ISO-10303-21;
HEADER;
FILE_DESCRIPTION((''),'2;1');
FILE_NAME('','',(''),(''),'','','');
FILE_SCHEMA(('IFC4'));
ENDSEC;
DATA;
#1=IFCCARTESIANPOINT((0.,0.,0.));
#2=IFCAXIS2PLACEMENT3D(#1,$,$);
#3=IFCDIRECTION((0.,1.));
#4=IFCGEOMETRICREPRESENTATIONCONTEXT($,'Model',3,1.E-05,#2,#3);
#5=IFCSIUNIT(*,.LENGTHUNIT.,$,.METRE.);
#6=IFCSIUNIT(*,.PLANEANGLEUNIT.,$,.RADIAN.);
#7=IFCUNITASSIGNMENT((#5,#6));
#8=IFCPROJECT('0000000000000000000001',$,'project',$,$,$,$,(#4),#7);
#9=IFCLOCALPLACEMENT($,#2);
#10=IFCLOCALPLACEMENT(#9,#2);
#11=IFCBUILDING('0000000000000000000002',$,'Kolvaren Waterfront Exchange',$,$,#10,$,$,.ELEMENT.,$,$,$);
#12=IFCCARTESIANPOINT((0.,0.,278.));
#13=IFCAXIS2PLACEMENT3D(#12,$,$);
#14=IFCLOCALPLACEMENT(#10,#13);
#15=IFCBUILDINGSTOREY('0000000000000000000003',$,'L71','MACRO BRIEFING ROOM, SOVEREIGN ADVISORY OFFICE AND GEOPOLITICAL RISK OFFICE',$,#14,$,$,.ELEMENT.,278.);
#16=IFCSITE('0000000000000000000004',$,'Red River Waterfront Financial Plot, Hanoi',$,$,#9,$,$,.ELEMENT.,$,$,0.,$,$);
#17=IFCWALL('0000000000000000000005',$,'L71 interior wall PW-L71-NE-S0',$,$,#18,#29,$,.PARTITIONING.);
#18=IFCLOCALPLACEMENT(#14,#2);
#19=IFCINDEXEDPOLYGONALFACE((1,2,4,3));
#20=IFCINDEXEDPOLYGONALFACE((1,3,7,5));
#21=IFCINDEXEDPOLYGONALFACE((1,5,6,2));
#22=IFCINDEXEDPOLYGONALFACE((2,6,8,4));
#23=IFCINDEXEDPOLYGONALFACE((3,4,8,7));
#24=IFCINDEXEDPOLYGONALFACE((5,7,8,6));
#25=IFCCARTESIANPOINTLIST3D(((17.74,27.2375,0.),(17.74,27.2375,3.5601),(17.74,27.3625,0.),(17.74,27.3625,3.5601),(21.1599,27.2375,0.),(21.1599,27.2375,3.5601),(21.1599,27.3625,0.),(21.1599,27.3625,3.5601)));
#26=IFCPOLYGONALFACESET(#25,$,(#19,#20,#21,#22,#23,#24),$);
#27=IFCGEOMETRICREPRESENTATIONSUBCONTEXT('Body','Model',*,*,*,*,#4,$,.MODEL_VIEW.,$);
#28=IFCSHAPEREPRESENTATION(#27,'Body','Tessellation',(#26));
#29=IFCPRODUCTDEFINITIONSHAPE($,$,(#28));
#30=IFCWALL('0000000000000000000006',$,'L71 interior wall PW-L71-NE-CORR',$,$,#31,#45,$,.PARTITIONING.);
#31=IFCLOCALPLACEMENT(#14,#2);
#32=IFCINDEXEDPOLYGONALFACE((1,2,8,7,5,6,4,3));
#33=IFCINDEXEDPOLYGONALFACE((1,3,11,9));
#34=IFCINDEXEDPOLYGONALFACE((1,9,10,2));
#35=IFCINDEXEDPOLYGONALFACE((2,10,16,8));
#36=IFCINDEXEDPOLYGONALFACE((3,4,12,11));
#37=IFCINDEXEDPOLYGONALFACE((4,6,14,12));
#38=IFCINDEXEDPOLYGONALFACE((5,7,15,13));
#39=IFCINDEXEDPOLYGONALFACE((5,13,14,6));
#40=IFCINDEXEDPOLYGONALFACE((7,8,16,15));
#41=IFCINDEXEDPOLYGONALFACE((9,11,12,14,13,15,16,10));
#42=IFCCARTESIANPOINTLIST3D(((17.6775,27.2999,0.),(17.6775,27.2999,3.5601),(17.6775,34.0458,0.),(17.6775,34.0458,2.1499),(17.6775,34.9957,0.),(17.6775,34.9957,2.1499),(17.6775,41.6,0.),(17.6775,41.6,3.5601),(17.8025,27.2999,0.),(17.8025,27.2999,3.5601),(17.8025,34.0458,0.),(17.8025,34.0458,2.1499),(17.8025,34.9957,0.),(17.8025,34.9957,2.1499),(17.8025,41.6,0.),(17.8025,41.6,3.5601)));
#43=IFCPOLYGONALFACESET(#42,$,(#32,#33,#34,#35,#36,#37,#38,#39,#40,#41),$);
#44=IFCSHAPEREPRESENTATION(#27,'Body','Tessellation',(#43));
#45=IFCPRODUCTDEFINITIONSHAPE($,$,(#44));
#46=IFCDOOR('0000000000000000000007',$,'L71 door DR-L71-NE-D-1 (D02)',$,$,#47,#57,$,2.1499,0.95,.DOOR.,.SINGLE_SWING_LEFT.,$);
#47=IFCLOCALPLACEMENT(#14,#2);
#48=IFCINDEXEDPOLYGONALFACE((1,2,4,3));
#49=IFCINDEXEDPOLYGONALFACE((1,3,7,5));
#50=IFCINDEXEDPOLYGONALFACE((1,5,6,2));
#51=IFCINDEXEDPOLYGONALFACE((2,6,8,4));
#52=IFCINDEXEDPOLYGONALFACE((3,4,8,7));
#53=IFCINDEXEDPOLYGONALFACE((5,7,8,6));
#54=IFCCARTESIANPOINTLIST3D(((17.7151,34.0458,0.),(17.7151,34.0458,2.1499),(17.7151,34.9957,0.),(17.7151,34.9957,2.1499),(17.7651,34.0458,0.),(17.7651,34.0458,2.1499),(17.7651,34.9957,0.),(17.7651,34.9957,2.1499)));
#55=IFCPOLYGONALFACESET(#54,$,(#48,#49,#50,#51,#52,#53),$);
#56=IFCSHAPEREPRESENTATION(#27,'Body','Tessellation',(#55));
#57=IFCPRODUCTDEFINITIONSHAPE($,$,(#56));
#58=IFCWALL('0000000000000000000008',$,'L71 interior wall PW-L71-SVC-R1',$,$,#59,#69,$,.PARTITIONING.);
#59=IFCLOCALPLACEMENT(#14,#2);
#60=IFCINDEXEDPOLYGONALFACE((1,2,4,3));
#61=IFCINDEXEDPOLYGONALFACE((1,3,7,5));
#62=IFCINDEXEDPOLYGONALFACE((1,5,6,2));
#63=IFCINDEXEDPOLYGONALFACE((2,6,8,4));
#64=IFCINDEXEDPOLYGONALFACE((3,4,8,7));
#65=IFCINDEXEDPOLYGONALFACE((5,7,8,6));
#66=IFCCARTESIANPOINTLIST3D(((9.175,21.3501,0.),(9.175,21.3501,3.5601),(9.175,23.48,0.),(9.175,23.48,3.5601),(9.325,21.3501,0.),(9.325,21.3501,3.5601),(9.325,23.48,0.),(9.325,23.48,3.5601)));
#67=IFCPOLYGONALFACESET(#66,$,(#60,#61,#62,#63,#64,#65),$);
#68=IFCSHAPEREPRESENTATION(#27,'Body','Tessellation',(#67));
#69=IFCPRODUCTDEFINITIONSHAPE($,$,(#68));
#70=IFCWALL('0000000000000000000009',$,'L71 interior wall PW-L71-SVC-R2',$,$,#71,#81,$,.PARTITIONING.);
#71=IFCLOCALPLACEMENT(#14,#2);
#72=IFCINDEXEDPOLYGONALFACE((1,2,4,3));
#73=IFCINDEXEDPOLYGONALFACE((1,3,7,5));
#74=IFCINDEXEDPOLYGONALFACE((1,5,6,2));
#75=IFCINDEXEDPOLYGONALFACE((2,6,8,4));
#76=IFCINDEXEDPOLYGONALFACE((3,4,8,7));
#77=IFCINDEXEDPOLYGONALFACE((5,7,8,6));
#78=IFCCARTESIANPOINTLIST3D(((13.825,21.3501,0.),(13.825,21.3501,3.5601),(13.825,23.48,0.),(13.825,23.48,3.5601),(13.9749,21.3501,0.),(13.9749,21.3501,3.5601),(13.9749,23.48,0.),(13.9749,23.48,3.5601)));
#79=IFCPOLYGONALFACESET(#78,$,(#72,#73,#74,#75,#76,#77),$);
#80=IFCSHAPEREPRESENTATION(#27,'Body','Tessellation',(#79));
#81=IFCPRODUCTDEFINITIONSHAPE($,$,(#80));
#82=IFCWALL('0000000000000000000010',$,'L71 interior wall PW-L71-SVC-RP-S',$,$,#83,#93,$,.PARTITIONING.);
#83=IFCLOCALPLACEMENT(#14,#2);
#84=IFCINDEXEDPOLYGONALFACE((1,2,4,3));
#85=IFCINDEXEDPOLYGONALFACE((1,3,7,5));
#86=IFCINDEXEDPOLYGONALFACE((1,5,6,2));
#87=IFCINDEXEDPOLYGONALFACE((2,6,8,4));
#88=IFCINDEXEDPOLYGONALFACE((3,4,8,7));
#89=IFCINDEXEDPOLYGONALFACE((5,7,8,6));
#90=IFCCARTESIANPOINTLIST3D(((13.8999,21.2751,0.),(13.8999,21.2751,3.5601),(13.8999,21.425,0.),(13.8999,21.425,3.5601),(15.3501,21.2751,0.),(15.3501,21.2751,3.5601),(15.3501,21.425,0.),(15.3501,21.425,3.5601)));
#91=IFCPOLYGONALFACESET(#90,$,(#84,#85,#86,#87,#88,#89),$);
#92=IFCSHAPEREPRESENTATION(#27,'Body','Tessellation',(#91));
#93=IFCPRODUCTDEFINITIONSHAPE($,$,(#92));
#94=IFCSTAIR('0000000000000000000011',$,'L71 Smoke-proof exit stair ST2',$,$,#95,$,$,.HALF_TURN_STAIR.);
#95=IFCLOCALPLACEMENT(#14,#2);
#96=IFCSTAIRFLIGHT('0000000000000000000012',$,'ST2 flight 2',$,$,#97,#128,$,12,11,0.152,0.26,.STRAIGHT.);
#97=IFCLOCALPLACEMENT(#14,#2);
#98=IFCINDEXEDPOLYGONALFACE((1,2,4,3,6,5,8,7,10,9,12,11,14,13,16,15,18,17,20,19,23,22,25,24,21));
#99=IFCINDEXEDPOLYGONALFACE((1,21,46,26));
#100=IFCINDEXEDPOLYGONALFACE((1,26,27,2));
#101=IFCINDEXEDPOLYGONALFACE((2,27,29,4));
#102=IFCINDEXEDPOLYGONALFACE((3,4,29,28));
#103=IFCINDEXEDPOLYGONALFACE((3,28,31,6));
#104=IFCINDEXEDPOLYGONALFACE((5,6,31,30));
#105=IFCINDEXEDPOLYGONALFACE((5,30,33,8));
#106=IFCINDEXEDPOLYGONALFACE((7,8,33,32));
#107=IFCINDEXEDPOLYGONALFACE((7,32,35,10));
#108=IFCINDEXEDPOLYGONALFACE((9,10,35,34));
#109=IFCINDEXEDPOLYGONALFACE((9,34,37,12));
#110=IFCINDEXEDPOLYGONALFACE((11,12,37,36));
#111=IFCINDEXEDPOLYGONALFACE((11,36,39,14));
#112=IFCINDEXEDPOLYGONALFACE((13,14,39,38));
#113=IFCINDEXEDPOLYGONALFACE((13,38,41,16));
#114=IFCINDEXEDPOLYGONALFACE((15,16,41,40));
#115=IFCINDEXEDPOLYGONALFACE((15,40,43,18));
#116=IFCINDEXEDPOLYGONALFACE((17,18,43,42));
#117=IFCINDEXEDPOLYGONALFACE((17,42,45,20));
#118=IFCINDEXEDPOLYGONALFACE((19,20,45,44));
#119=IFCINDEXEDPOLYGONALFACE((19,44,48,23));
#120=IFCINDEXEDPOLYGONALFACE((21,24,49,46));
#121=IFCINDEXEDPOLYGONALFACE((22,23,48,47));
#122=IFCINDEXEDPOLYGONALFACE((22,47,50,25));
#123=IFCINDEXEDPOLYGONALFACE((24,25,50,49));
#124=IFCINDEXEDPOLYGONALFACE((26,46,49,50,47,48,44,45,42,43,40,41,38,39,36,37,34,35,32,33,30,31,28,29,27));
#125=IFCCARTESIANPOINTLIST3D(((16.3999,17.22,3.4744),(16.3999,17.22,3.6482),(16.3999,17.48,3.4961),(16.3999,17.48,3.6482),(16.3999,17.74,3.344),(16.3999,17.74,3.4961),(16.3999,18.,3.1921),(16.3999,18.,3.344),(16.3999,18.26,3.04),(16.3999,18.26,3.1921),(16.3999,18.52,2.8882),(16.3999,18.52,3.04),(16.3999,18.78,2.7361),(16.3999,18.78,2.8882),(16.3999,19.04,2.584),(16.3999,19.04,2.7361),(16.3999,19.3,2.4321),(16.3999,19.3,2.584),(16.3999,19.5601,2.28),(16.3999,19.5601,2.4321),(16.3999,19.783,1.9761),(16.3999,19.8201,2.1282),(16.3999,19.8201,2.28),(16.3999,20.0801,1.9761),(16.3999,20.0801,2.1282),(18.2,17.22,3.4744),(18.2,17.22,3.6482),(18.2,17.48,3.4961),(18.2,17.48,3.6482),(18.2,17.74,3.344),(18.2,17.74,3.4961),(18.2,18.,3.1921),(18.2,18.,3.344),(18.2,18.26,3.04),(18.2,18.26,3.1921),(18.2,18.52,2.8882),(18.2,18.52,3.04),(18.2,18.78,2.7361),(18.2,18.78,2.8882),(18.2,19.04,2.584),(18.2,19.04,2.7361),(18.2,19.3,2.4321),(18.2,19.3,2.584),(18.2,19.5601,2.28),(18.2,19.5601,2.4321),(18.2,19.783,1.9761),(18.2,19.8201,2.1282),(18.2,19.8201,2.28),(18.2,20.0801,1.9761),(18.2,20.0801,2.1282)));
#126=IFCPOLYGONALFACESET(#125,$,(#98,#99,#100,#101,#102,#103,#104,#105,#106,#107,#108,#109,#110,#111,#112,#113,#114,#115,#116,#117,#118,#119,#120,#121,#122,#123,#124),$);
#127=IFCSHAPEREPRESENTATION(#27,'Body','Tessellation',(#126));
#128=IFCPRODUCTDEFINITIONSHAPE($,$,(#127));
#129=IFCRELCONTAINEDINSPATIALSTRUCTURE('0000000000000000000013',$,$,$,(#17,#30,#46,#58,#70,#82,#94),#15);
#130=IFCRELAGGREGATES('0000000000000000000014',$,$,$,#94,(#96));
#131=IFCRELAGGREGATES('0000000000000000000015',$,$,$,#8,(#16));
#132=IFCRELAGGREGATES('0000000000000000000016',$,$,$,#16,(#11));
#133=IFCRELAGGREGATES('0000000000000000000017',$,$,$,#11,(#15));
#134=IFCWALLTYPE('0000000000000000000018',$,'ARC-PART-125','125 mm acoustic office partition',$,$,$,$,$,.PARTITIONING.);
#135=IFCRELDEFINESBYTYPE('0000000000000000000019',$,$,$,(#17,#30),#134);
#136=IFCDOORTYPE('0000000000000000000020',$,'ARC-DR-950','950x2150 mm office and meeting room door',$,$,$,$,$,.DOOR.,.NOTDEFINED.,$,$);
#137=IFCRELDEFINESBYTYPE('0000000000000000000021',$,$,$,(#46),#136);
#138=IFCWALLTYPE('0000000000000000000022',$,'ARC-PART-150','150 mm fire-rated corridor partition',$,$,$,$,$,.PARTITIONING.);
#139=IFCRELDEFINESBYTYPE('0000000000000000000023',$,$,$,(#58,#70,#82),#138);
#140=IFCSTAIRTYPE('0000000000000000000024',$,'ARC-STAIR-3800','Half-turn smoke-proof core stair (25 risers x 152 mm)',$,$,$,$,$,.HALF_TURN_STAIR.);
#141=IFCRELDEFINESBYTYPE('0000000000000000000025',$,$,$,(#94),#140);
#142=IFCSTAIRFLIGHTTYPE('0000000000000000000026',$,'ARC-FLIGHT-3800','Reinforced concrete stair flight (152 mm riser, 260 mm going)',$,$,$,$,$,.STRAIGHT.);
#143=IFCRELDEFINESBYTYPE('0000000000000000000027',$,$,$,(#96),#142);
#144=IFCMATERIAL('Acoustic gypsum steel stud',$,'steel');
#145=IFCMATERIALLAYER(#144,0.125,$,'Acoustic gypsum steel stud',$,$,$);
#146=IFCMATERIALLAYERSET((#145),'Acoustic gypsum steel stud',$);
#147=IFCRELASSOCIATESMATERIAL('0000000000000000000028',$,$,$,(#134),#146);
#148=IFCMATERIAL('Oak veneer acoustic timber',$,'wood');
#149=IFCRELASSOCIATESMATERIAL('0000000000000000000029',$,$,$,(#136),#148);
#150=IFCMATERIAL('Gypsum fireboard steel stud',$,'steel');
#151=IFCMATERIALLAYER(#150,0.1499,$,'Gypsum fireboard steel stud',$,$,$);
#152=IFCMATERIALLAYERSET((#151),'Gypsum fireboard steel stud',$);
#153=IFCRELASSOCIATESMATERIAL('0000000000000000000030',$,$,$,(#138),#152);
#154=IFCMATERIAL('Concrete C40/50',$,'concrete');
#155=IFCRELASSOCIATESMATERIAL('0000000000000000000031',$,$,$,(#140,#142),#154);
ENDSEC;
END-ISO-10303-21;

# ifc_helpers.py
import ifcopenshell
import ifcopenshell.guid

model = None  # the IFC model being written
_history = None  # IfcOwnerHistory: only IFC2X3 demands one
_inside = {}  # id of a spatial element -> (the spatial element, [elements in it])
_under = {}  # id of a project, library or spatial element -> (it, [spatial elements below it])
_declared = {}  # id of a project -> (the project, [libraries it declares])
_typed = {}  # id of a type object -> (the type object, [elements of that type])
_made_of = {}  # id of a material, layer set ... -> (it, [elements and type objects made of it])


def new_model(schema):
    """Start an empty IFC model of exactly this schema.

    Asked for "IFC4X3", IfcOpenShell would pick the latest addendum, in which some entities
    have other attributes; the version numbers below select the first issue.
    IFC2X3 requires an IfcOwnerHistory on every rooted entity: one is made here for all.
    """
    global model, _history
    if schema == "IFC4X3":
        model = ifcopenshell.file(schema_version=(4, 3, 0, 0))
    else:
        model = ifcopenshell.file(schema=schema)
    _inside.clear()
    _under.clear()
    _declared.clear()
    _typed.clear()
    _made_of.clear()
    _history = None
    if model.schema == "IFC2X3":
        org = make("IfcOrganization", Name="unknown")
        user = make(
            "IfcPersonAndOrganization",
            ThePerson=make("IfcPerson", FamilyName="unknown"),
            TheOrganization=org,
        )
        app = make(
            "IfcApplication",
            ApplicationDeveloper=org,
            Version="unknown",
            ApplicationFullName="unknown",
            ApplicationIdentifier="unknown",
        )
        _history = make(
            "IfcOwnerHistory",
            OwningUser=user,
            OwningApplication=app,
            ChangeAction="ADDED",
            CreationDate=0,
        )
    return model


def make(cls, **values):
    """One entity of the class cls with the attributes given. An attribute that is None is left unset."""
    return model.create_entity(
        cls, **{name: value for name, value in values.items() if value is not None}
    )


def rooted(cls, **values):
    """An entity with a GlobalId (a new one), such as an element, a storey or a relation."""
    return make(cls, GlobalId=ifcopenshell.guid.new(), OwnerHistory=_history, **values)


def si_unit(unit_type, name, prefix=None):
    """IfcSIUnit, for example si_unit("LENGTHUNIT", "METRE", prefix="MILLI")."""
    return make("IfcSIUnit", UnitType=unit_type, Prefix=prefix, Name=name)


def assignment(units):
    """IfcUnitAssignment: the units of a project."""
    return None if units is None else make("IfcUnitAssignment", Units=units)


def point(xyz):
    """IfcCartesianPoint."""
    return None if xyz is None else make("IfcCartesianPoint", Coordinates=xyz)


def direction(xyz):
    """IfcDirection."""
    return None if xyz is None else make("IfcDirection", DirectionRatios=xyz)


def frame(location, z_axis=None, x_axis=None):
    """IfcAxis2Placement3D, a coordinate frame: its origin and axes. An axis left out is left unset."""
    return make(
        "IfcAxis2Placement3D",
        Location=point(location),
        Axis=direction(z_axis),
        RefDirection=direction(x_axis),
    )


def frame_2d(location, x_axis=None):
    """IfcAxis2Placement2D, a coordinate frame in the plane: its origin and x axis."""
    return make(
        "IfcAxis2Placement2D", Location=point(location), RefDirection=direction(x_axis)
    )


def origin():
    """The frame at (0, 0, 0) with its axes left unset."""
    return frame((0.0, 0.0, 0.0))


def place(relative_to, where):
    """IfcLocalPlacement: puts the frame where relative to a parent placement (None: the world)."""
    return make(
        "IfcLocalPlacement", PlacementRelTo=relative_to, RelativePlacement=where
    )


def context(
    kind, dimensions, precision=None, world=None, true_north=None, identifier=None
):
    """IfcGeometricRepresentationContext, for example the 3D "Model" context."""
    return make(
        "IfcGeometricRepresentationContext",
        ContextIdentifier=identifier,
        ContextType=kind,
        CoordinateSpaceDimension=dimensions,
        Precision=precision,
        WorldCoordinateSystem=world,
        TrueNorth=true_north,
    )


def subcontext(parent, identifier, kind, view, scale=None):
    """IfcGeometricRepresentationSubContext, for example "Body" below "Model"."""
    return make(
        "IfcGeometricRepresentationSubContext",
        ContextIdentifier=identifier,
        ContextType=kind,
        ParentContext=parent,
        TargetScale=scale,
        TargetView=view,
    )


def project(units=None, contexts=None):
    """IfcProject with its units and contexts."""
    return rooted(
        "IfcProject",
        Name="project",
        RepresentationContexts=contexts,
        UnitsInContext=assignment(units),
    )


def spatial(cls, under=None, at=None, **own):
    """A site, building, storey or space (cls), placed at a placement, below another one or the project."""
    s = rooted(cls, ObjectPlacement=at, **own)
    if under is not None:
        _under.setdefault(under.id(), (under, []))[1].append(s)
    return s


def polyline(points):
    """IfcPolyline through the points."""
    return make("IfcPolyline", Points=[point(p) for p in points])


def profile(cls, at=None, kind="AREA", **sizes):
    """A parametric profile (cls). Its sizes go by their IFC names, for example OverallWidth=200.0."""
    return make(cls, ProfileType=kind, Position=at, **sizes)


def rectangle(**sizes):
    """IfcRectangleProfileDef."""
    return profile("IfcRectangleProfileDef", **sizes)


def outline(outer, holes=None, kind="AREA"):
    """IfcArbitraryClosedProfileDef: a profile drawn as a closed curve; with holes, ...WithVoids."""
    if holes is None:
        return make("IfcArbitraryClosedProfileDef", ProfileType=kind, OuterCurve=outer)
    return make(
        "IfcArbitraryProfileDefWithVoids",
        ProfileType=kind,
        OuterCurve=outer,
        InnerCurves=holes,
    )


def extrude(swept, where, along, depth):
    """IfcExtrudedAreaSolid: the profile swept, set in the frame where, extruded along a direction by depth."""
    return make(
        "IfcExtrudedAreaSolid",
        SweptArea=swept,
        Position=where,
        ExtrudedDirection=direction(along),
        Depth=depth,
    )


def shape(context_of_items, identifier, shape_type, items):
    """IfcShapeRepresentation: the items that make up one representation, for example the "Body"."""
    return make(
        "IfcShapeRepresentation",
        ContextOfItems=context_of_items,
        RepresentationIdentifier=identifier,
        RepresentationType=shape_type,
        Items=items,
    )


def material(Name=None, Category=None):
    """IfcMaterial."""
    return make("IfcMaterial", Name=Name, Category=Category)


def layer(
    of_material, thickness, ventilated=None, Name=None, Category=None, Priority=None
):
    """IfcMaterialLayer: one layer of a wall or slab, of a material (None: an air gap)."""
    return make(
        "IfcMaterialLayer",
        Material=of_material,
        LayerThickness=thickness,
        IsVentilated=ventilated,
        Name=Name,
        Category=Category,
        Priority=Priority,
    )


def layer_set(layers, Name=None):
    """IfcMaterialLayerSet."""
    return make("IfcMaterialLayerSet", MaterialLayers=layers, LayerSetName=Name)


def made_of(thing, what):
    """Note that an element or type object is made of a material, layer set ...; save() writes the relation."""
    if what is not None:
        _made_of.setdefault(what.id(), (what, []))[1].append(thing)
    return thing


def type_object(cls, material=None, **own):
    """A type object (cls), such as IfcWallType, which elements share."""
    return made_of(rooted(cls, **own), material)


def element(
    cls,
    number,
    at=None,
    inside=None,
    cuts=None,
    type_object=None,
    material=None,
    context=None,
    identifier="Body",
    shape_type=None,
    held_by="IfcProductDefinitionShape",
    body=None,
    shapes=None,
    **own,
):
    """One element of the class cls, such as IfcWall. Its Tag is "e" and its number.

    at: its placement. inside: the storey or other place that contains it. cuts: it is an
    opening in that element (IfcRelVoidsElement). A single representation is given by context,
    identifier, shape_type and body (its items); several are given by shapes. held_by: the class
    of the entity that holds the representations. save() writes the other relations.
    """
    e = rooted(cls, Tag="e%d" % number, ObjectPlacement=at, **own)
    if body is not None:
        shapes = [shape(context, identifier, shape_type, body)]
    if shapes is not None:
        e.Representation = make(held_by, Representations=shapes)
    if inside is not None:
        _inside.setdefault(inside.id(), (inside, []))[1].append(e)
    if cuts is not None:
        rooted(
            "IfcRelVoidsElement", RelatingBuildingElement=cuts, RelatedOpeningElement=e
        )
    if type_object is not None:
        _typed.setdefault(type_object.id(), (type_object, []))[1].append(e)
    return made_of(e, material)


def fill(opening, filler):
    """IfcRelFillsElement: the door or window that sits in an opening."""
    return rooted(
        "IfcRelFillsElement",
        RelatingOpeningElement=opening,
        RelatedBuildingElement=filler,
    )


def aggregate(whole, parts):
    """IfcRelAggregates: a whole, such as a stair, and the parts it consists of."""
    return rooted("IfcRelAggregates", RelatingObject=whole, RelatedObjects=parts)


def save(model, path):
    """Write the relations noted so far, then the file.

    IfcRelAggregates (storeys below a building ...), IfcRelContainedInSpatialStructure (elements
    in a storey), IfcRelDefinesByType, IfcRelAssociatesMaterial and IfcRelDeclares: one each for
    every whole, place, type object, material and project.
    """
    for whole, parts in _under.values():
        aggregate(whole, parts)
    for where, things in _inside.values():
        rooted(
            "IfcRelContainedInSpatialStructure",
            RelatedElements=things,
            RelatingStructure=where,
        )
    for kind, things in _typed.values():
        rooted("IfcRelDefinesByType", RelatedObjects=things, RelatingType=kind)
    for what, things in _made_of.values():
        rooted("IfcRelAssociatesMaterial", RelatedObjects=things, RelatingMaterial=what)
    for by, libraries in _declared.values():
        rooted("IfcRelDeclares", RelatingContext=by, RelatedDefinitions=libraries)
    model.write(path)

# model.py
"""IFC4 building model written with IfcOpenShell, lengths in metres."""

from ifc_helpers import new_model, si_unit, direction, frame, frame_2d, origin, place, context, subcontext, project, spatial, polyline, rectangle, outline, extrude, material, layer, layer_set, type_object, element, fill, aggregate, save


model = new_model("IFC4")

# Units and contexts
model_context = context("Model", 3, precision=1e-05, world=origin(), true_north=direction((0.0, 1.0)))
body_context = subcontext(model_context, "Body", "Model", "MODEL_VIEW")
ifc_project = project(units=[si_unit("LENGTHUNIT", "METRE"), si_unit("PLANEANGLEUNIT", "RADIAN")], contexts=[model_context])

# Site, building, storey
site_placement = place(None, origin())
site = spatial("IfcSite", under=ifc_project, at=site_placement, Name="Red River Waterfront Financial Plot, Hanoi", CompositionType="ELEMENT", RefElevation=0.0)
building_placement = place(site_placement, origin())
building = spatial("IfcBuilding", under=site, at=building_placement, Name="Kolvaren Waterfront Exchange", CompositionType="ELEMENT")
storey_placement = place(building_placement, frame((0.0, 0.0, 278.0)))
storey = spatial("IfcBuildingStorey", under=building, at=storey_placement, Name="L71", Description="MACRO BRIEFING ROOM, SOVEREIGN ADVISORY OFFICE AND GEOPOLITICAL RISK OFFICE", CompositionType="ELEMENT", Elevation=278.0)

# Shared definitions
ifc_material_1 = material(Name="Acoustic gypsum steel stud", Category="steel")
ifc_layer_1 = layer(ifc_material_1, 0.125, Name="Acoustic gypsum steel stud")
ifc_layer_set_1 = layer_set([ifc_layer_1], Name="Acoustic gypsum steel stud")
wall_type_1 = type_object("IfcWallType", Name="ARC-PART-125", Description="125 mm acoustic office partition", PredefinedType="PARTITIONING", material=ifc_layer_set_1)

# Shared definitions
ifc_material_2 = material(Name="Oak veneer acoustic timber", Category="wood")
door_type_1 = type_object("IfcDoorType", Name="ARC-DR-950", Description="950x2150 mm office and meeting room door", OperationType="NOTDEFINED", PredefinedType="DOOR", material=ifc_material_2)

# Wall
wall_1_placement = place(storey_placement, frame((17.74, 27.3, 0.0), z_axis=(0.0, 0.0, 1.0), x_axis=(1.0, 0.0, 0.0)))
element("IfcWall", 1, at=wall_1_placement, inside=storey, type_object=wall_type_1, Name="L71 interior wall PW-L71-NE-S0", PredefinedType="PARTITIONING", context=body_context, shape_type="SweptSolid", body=[
    extrude(rectangle(XDim=3.4199, YDim=0.125, at=frame_2d((1.71, 0.0))), origin(), (0.0, 0.0, 1.0), 3.5601),
])

# Wall, opening, door
wall_2_placement = place(storey_placement, frame((17.74, 27.3, 0.0), z_axis=(0.0, 0.0, 1.0), x_axis=(0.0, 1.0, 0.0)))
wall_2 = element("IfcWall", 2, at=wall_2_placement, inside=storey, type_object=wall_type_1, Name="L71 interior wall PW-L71-NE-CORR", PredefinedType="PARTITIONING", context=body_context, shape_type="SweptSolid", body=[
    extrude(rectangle(XDim=14.3, YDim=0.125, at=frame_2d((7.1499, 0.0))), origin(), (0.0, 0.0, 1.0), 3.5601),
])
opening_1_placement = place(wall_2_placement, frame((6.7456, 0.0, 0.0)))
opening_1 = element("IfcOpeningElement", 3, at=opening_1_placement, cuts=wall_2, PredefinedType="OPENING", context=body_context, shape_type="SweptSolid", body=[
    extrude(rectangle(XDim=0.95, YDim=2.1499, at=frame_2d((0.4751, 1.075))), frame((0.0, 0.0725, 0.0), z_axis=(0.0, -1.0, 0.0), x_axis=(1.0, 0.0, 0.0)), (0.0, 0.0, 1.0), 0.145),
])
door_1_placement = place(opening_1_placement, origin())
door_1 = element("IfcDoor", 4, at=door_1_placement, inside=storey, type_object=door_type_1, Name="L71 door DR-L71-NE-D-1 (D02)", OperationType="SINGLE_SWING_LEFT", OverallHeight=2.1499, OverallWidth=0.95, PredefinedType="DOOR", context=body_context, shape_type="SweptSolid", body=[
    extrude(rectangle(XDim=0.95, YDim=2.1499, at=frame_2d((0.4751, 1.075))), frame((0.0, 0.0249, 0.0), z_axis=(0.0, -1.0, 0.0), x_axis=(1.0, 0.0, 0.0)), (0.0, 0.0, 1.0), 0.05),
])
fill(opening_1, door_1)

# Walls
ifc_material_3 = material(Name="Gypsum fireboard steel stud", Category="steel")
ifc_layer_2 = layer(ifc_material_3, 0.1499, Name="Gypsum fireboard steel stud")
ifc_layer_set_2 = layer_set([ifc_layer_2], Name="Gypsum fireboard steel stud")
wall_type_2 = type_object("IfcWallType", Name="ARC-PART-150", Description="150 mm fire-rated corridor partition", PredefinedType="PARTITIONING", material=ifc_layer_set_2)
for number, where, z_axis, x_axis, name in (
    (5, (9.25, 21.3501, 0.0), (0.0, 0.0, 1.0), (0.0, 1.0, 0.0), "L71 interior wall PW-L71-SVC-R1"),
    (6, (13.8999, 21.3501, 0.0), (0.0, 0.0, 1.0), (0.0, 1.0, 0.0), "L71 interior wall PW-L71-SVC-R2"),
):
    element("IfcWall", number, at=place(storey_placement, frame(where, z_axis=z_axis, x_axis=x_axis)), inside=storey, type_object=wall_type_2, Name=name, PredefinedType="PARTITIONING", context=body_context, shape_type="SweptSolid", body=[
        extrude(rectangle(XDim=2.1299, YDim=0.1499, at=frame_2d((1.0649, 0.0))), origin(), (0.0, 0.0, 1.0), 3.5601),
    ])
wall_3_placement = place(storey_placement, frame((13.8999, 21.3501, 0.0), z_axis=(0.0, 0.0, 1.0), x_axis=(1.0, 0.0, 0.0)))
element("IfcWall", 7, at=wall_3_placement, inside=storey, type_object=wall_type_2, Name="L71 interior wall PW-L71-SVC-RP-S", PredefinedType="PARTITIONING", context=body_context, shape_type="SweptSolid", body=[
    extrude(rectangle(XDim=1.4502, YDim=0.1499, at=frame_2d((0.7251, 0.0))), origin(), (0.0, 0.0, 1.0), 3.5601),
])

# Stair, stair flight
ifc_material_4 = material(Name="Concrete C40/50", Category="concrete")
stair_type = type_object("IfcStairType", Name="ARC-STAIR-3800", Description="Half-turn smoke-proof core stair (25 risers x 152 mm)", PredefinedType="HALF_TURN_STAIR", material=ifc_material_4)
stair_placement = place(storey_placement, origin())
stair = element("IfcStair", 8, at=stair_placement, inside=storey, type_object=stair_type, Name="L71 Smoke-proof exit stair ST2", PredefinedType="HALF_TURN_STAIR")
stair_flight_type = type_object("IfcStairFlightType", Name="ARC-FLIGHT-3800", Description="Reinforced concrete stair flight (152 mm riser, 260 mm going)", PredefinedType="STRAIGHT", material=ifc_material_4)
stair_flight_placement = place(storey_placement, frame((17.3, 20.0801, 1.9761), z_axis=(0.0, 0.0, 1.0), x_axis=(0.0, -1.0, 0.0)))
stair_flight = element("IfcStairFlight", 9, at=stair_flight_placement, type_object=stair_flight_type, Name="ST2 flight 2", NumberOfRisers=12, NumberOfTreads=11, PredefinedType="STRAIGHT", RiserHeight=0.152, TreadLength=0.26, context=body_context, shape_type="SweptSolid", body=[
    extrude(outline(polyline([(0.0, 0.0), (0.0, 0.1521), (0.26, 0.1521), (0.26, 0.304), (0.52, 0.304), (0.52, 0.4561), (0.78, 0.4561), (0.78, 0.6079), (1.04, 0.6079), (1.04, 0.76), (1.3, 0.76), (1.3, 0.9121), (1.5601, 0.9121), (1.5601, 1.064), (1.8201, 1.064), (1.8201, 1.2161), (2.0801, 1.2161), (2.0801, 1.3679), (2.3401, 1.3679), (2.3401, 1.52), (2.6001, 1.52), (2.6001, 1.6721), (2.8601, 1.6721), (2.8601, 1.824), (2.8601, 1.4983), (0.2971, 0.0), (0.0, 0.0)])), frame((0.0, 0.8999, 0.0), z_axis=(0.0, -1.0, 0.0), x_axis=(1.0, 0.0, 0.0)), (0.0, 0.0, 1.0), 1.8),
])
aggregate(stair, [stair_flight])

save(model, "model.ifc")
